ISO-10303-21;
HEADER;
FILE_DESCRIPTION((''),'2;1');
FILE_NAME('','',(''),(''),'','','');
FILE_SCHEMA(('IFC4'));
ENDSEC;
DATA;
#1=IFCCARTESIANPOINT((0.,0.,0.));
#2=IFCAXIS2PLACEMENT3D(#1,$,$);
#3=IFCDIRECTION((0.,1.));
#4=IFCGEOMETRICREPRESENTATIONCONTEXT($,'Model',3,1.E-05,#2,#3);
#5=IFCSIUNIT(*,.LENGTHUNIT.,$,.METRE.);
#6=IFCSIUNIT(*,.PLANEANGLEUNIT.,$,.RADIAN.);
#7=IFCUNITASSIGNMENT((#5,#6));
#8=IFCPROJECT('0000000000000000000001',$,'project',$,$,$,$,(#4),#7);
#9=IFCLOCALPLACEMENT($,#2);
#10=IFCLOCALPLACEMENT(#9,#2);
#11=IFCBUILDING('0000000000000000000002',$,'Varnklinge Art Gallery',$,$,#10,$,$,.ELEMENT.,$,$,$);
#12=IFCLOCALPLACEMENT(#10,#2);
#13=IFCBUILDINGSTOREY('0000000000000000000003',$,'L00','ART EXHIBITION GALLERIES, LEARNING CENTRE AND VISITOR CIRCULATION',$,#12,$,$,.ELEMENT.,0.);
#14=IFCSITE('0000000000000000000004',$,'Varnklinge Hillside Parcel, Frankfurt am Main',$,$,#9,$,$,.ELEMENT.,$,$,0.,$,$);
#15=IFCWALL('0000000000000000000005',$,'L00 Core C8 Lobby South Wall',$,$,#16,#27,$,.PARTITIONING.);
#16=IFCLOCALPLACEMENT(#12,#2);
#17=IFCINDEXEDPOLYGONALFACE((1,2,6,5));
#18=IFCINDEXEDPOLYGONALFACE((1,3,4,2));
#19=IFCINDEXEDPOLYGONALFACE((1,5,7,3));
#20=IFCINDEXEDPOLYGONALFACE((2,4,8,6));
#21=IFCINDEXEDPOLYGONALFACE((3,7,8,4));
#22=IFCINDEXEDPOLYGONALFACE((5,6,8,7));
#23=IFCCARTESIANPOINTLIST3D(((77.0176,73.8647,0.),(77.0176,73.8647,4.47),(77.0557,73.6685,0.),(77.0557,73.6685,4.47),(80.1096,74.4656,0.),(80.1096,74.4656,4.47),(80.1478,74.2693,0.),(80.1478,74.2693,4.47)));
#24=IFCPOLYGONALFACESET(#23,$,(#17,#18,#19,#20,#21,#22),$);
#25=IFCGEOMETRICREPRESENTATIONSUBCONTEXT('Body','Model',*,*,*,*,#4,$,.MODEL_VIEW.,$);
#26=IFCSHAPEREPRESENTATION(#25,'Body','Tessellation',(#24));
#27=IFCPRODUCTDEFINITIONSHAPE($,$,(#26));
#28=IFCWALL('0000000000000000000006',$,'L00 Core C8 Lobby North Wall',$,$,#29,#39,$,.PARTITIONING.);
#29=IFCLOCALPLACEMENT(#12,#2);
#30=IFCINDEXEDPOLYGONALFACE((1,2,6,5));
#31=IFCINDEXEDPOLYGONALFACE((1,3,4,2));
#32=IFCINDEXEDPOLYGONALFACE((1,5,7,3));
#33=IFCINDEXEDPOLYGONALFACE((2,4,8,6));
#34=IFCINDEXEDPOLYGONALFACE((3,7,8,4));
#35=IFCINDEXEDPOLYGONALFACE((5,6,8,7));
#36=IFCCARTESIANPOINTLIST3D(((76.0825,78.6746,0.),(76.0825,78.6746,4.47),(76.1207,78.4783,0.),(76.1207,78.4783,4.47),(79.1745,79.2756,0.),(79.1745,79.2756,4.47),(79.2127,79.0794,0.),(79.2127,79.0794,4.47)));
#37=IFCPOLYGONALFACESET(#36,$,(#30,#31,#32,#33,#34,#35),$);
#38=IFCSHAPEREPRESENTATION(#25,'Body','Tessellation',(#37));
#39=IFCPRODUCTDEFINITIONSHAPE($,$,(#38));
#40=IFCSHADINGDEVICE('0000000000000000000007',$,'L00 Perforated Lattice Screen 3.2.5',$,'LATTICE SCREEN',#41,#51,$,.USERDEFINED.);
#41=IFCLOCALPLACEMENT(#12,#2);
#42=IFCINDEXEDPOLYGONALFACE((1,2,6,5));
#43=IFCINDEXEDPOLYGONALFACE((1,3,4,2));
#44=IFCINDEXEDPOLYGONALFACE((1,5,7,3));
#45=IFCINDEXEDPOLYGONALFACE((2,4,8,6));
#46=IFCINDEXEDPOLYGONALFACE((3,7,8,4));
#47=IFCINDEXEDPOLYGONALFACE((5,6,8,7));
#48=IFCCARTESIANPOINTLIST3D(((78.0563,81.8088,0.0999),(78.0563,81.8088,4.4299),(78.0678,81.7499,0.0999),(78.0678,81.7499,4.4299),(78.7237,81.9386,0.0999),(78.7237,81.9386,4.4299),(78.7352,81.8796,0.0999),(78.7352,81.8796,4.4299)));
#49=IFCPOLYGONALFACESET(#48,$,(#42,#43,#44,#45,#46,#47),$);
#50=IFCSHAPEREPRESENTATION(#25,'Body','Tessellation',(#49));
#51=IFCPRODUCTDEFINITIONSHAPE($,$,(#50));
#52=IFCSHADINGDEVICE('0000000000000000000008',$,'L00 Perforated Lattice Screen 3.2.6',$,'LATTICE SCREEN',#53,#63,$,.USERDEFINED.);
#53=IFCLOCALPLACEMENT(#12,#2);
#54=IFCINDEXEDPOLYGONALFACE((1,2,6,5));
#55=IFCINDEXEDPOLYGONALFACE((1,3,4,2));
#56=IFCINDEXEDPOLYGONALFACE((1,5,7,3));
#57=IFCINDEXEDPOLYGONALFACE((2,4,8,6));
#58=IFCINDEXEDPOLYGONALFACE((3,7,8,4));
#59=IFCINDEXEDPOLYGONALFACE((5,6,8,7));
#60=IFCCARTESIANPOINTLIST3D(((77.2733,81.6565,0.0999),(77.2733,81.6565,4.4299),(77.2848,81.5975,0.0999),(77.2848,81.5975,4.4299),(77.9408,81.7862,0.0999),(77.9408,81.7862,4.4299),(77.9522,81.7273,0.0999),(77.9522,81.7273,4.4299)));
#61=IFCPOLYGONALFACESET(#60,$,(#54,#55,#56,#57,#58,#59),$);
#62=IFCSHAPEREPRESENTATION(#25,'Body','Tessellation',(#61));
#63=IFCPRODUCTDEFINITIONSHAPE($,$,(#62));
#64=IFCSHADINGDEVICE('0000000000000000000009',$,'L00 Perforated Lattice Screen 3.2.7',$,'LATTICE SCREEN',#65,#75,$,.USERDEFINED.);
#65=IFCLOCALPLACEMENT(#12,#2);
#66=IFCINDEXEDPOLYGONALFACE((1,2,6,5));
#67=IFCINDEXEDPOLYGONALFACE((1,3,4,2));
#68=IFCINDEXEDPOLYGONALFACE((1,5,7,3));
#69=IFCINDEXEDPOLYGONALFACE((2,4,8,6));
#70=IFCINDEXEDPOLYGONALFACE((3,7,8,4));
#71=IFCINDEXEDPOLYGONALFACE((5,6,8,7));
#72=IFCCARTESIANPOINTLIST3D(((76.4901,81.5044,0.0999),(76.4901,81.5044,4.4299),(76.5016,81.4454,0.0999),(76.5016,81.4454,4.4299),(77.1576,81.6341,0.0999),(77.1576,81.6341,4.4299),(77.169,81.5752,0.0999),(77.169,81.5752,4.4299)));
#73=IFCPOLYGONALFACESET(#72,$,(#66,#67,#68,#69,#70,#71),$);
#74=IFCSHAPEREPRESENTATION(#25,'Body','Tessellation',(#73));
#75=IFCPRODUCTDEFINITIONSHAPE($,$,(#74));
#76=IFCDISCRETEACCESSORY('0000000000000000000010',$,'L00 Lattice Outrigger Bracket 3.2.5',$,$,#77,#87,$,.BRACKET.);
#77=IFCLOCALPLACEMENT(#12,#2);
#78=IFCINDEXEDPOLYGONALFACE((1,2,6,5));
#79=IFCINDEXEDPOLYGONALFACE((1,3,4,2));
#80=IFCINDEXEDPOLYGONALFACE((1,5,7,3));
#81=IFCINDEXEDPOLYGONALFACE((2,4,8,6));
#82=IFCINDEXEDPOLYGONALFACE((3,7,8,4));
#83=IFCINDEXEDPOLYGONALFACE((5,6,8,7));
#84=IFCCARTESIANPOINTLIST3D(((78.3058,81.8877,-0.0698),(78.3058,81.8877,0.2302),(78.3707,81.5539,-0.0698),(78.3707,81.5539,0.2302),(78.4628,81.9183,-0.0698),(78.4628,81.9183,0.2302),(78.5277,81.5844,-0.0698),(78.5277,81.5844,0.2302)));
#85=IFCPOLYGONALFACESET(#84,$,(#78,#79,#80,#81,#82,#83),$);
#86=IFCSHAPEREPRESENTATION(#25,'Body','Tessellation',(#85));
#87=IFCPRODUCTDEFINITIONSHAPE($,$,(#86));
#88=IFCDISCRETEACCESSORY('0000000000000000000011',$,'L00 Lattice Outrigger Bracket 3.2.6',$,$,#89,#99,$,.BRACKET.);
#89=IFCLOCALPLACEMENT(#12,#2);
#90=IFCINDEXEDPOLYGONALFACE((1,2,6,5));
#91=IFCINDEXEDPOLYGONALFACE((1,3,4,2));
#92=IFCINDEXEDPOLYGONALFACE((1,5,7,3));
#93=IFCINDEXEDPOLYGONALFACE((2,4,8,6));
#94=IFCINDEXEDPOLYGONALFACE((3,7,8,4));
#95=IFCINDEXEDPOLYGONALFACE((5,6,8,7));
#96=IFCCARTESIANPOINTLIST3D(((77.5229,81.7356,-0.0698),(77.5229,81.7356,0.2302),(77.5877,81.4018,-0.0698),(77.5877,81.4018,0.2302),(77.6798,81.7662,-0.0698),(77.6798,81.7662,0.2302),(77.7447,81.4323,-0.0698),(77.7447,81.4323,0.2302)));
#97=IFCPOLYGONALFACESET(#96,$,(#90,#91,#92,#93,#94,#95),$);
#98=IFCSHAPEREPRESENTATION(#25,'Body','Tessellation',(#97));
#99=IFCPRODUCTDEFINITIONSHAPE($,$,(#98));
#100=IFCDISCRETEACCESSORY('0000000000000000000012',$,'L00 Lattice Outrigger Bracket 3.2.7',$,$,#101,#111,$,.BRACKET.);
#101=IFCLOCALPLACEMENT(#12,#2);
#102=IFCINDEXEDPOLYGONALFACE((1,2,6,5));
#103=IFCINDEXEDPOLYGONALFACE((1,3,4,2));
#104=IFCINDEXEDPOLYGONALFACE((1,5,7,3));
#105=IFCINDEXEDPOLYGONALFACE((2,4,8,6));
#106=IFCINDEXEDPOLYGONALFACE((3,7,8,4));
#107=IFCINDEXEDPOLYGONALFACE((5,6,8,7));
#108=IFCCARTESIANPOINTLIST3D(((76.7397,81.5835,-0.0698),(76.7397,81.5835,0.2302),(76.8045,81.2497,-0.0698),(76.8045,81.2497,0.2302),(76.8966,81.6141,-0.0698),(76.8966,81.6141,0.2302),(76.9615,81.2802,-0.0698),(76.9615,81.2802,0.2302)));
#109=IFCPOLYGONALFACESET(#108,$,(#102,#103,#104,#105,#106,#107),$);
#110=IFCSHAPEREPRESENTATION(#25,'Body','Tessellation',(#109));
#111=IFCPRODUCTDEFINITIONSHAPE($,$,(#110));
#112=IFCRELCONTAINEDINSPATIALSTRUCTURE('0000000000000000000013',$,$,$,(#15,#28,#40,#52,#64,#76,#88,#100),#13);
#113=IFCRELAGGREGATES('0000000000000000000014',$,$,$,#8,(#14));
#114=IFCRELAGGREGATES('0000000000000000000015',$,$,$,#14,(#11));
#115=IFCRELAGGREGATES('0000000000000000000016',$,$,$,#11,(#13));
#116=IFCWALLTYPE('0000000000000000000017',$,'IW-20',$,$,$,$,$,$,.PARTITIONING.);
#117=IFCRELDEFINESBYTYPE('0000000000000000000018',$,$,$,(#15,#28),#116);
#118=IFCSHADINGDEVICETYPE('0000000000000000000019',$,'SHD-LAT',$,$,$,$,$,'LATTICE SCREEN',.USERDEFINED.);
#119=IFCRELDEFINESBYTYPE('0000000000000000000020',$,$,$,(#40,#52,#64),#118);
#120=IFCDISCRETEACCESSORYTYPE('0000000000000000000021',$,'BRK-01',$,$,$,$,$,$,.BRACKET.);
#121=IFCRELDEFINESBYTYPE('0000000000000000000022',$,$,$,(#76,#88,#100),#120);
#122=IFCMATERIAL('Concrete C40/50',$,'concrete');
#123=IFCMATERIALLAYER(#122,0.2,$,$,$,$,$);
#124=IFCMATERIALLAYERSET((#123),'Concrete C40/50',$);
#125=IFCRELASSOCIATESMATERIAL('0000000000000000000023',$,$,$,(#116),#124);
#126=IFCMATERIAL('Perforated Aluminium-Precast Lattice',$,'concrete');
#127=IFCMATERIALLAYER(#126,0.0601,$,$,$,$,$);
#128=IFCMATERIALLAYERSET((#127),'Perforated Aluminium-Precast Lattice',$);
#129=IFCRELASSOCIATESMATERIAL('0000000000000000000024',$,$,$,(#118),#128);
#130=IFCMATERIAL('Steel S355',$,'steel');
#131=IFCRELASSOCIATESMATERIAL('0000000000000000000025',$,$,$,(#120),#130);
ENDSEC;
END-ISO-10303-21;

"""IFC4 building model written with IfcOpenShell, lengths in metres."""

from ifc_helpers import new_model, si_unit, direction, frame, frame_2d, origin, origin_2d, place, context, subcontext, project, spatial, rectangle, extrude, material, layer, layer_set, type_object, element, save


model = new_model("IFC4")

# Units and contexts
model_context = context("Model", 3, precision=1e-05, world=origin(), true_north=direction((0.0, 1.0)))
body_context = subcontext(model_context, "Body", "Model", "MODEL_VIEW")
ifc_project = project(units=[si_unit("LENGTHUNIT", "METRE"), si_unit("PLANEANGLEUNIT", "RADIAN")], contexts=[model_context])

# Site, building, storey
site_placement = place(None, origin())
site = spatial("IfcSite", under=ifc_project, at=site_placement, Name="Varnklinge Hillside Parcel, Frankfurt am Main", CompositionType="ELEMENT", RefElevation=0.0)
building_placement = place(site_placement, origin())
building = spatial("IfcBuilding", under=site, at=building_placement, Name="Varnklinge Art Gallery", CompositionType="ELEMENT")
storey_placement = place(building_placement, origin())
storey = spatial("IfcBuildingStorey", under=building, at=storey_placement, Name="L00", Description="ART EXHIBITION GALLERIES, LEARNING CENTRE AND VISITOR CIRCULATION", CompositionType="ELEMENT", Elevation=0.0)

# Walls
ifc_material_1 = material(Name="Concrete C40/50", Category="concrete")
ifc_layer_1 = layer(ifc_material_1, 0.2)
ifc_layer_set_1 = layer_set([ifc_layer_1], Name="Concrete C40/50")
wall_type = type_object("IfcWallType", Name="IW-20", PredefinedType="PARTITIONING", material=ifc_layer_set_1)
for number, where, z_axis, x_axis, name in (
    (1, (77.0366, 73.7666, 0.0), (0.0, 0.0, 1.0), (0.981639, 0.190747, 0.0), "L00 Core C8 Lobby South Wall"),
    (2, (79.1936, 79.1775, 0.0), (0.0, 0.0, 1.0), (-0.981625, -0.190822, 0.0), "L00 Core C8 Lobby North Wall"),
):
    element("IfcWall", number, at=place(storey_placement, frame(where, z_axis=z_axis, x_axis=x_axis)), inside=storey, type_object=wall_type, Name=name, PredefinedType="PARTITIONING", context=body_context, shape_type="SweptSolid", body=[
        extrude(rectangle(XDim=3.1499, YDim=0.2, at=frame_2d((1.575, 0.0))), origin(), (0.0, 0.0, 1.0), 4.47),
    ])

# Shading devices
ifc_material_2 = material(Name="Perforated Aluminium-Precast Lattice", Category="concrete")
ifc_layer_2 = layer(ifc_material_2, 0.0601)
ifc_layer_set_2 = layer_set([ifc_layer_2], Name="Perforated Aluminium-Precast Lattice")
shading_device_type = type_object("IfcShadingDeviceType", Name="SHD-LAT", ElementType="LATTICE SCREEN", PredefinedType="USERDEFINED", material=ifc_layer_set_2)
for number, where, z_axis, x_axis, name in (
    (3, (78.3958, 81.8442, 0.0999), (0.0, 0.0, 1.0), (-0.981627, -0.190809, 0.0), "L00 Perforated Lattice Screen 3.2.5"),
    (4, (77.6128, 81.6919, 0.0999), (0.0, 0.0, 1.0), (-0.981627, -0.190809, 0.0), "L00 Perforated Lattice Screen 3.2.6"),
    (5, (76.8296, 81.5398, 0.0999), (0.0, 0.0, 1.0), (-0.981627, -0.190809, 0.0), "L00 Perforated Lattice Screen 3.2.7"),
):
    element("IfcShadingDevice", number, at=place(storey_placement, frame(where, z_axis=z_axis, x_axis=x_axis)), inside=storey, type_object=shading_device_type, Name=name, ObjectType="LATTICE SCREEN", PredefinedType="USERDEFINED", context=body_context, shape_type="SweptSolid", body=[
        extrude(rectangle(XDim=0.6799, YDim=0.0601, at=origin_2d()), origin(), (0.0, 0.0, 1.0), 4.3301),
    ])

# Discrete accessories
ifc_material_3 = material(Name="Steel S355", Category="steel")
discrete_accessory_type = type_object("IfcDiscreteAccessoryType", Name="BRK-01", PredefinedType="BRACKET", material=ifc_material_3)
for number, where, z_axis, x_axis, name in (
    (6, (78.4167, 81.7361, -0.0698), (0.0, 0.0, 1.0), (-0.981627, -0.190809, 0.0), "L00 Lattice Outrigger Bracket 3.2.5"),
    (7, (77.6338, 81.584, -0.0698), (0.0, 0.0, 1.0), (-0.981627, -0.190809, 0.0), "L00 Lattice Outrigger Bracket 3.2.6"),
    (8, (76.8506, 81.4319, -0.0698), (0.0, 0.0, 1.0), (-0.981627, -0.190809, 0.0), "L00 Lattice Outrigger Bracket 3.2.7"),
):
    element("IfcDiscreteAccessory", number, at=place(storey_placement, frame(where, z_axis=z_axis, x_axis=x_axis)), inside=storey, type_object=discrete_accessory_type, Name=name, PredefinedType="BRACKET", context=body_context, shape_type="SweptSolid", body=[
        extrude(rectangle(XDim=0.1599, YDim=0.3401, at=origin_2d()), origin(), (0.0, 0.0, 1.0), 0.3),
    ])

save(model, "model.ifc")
